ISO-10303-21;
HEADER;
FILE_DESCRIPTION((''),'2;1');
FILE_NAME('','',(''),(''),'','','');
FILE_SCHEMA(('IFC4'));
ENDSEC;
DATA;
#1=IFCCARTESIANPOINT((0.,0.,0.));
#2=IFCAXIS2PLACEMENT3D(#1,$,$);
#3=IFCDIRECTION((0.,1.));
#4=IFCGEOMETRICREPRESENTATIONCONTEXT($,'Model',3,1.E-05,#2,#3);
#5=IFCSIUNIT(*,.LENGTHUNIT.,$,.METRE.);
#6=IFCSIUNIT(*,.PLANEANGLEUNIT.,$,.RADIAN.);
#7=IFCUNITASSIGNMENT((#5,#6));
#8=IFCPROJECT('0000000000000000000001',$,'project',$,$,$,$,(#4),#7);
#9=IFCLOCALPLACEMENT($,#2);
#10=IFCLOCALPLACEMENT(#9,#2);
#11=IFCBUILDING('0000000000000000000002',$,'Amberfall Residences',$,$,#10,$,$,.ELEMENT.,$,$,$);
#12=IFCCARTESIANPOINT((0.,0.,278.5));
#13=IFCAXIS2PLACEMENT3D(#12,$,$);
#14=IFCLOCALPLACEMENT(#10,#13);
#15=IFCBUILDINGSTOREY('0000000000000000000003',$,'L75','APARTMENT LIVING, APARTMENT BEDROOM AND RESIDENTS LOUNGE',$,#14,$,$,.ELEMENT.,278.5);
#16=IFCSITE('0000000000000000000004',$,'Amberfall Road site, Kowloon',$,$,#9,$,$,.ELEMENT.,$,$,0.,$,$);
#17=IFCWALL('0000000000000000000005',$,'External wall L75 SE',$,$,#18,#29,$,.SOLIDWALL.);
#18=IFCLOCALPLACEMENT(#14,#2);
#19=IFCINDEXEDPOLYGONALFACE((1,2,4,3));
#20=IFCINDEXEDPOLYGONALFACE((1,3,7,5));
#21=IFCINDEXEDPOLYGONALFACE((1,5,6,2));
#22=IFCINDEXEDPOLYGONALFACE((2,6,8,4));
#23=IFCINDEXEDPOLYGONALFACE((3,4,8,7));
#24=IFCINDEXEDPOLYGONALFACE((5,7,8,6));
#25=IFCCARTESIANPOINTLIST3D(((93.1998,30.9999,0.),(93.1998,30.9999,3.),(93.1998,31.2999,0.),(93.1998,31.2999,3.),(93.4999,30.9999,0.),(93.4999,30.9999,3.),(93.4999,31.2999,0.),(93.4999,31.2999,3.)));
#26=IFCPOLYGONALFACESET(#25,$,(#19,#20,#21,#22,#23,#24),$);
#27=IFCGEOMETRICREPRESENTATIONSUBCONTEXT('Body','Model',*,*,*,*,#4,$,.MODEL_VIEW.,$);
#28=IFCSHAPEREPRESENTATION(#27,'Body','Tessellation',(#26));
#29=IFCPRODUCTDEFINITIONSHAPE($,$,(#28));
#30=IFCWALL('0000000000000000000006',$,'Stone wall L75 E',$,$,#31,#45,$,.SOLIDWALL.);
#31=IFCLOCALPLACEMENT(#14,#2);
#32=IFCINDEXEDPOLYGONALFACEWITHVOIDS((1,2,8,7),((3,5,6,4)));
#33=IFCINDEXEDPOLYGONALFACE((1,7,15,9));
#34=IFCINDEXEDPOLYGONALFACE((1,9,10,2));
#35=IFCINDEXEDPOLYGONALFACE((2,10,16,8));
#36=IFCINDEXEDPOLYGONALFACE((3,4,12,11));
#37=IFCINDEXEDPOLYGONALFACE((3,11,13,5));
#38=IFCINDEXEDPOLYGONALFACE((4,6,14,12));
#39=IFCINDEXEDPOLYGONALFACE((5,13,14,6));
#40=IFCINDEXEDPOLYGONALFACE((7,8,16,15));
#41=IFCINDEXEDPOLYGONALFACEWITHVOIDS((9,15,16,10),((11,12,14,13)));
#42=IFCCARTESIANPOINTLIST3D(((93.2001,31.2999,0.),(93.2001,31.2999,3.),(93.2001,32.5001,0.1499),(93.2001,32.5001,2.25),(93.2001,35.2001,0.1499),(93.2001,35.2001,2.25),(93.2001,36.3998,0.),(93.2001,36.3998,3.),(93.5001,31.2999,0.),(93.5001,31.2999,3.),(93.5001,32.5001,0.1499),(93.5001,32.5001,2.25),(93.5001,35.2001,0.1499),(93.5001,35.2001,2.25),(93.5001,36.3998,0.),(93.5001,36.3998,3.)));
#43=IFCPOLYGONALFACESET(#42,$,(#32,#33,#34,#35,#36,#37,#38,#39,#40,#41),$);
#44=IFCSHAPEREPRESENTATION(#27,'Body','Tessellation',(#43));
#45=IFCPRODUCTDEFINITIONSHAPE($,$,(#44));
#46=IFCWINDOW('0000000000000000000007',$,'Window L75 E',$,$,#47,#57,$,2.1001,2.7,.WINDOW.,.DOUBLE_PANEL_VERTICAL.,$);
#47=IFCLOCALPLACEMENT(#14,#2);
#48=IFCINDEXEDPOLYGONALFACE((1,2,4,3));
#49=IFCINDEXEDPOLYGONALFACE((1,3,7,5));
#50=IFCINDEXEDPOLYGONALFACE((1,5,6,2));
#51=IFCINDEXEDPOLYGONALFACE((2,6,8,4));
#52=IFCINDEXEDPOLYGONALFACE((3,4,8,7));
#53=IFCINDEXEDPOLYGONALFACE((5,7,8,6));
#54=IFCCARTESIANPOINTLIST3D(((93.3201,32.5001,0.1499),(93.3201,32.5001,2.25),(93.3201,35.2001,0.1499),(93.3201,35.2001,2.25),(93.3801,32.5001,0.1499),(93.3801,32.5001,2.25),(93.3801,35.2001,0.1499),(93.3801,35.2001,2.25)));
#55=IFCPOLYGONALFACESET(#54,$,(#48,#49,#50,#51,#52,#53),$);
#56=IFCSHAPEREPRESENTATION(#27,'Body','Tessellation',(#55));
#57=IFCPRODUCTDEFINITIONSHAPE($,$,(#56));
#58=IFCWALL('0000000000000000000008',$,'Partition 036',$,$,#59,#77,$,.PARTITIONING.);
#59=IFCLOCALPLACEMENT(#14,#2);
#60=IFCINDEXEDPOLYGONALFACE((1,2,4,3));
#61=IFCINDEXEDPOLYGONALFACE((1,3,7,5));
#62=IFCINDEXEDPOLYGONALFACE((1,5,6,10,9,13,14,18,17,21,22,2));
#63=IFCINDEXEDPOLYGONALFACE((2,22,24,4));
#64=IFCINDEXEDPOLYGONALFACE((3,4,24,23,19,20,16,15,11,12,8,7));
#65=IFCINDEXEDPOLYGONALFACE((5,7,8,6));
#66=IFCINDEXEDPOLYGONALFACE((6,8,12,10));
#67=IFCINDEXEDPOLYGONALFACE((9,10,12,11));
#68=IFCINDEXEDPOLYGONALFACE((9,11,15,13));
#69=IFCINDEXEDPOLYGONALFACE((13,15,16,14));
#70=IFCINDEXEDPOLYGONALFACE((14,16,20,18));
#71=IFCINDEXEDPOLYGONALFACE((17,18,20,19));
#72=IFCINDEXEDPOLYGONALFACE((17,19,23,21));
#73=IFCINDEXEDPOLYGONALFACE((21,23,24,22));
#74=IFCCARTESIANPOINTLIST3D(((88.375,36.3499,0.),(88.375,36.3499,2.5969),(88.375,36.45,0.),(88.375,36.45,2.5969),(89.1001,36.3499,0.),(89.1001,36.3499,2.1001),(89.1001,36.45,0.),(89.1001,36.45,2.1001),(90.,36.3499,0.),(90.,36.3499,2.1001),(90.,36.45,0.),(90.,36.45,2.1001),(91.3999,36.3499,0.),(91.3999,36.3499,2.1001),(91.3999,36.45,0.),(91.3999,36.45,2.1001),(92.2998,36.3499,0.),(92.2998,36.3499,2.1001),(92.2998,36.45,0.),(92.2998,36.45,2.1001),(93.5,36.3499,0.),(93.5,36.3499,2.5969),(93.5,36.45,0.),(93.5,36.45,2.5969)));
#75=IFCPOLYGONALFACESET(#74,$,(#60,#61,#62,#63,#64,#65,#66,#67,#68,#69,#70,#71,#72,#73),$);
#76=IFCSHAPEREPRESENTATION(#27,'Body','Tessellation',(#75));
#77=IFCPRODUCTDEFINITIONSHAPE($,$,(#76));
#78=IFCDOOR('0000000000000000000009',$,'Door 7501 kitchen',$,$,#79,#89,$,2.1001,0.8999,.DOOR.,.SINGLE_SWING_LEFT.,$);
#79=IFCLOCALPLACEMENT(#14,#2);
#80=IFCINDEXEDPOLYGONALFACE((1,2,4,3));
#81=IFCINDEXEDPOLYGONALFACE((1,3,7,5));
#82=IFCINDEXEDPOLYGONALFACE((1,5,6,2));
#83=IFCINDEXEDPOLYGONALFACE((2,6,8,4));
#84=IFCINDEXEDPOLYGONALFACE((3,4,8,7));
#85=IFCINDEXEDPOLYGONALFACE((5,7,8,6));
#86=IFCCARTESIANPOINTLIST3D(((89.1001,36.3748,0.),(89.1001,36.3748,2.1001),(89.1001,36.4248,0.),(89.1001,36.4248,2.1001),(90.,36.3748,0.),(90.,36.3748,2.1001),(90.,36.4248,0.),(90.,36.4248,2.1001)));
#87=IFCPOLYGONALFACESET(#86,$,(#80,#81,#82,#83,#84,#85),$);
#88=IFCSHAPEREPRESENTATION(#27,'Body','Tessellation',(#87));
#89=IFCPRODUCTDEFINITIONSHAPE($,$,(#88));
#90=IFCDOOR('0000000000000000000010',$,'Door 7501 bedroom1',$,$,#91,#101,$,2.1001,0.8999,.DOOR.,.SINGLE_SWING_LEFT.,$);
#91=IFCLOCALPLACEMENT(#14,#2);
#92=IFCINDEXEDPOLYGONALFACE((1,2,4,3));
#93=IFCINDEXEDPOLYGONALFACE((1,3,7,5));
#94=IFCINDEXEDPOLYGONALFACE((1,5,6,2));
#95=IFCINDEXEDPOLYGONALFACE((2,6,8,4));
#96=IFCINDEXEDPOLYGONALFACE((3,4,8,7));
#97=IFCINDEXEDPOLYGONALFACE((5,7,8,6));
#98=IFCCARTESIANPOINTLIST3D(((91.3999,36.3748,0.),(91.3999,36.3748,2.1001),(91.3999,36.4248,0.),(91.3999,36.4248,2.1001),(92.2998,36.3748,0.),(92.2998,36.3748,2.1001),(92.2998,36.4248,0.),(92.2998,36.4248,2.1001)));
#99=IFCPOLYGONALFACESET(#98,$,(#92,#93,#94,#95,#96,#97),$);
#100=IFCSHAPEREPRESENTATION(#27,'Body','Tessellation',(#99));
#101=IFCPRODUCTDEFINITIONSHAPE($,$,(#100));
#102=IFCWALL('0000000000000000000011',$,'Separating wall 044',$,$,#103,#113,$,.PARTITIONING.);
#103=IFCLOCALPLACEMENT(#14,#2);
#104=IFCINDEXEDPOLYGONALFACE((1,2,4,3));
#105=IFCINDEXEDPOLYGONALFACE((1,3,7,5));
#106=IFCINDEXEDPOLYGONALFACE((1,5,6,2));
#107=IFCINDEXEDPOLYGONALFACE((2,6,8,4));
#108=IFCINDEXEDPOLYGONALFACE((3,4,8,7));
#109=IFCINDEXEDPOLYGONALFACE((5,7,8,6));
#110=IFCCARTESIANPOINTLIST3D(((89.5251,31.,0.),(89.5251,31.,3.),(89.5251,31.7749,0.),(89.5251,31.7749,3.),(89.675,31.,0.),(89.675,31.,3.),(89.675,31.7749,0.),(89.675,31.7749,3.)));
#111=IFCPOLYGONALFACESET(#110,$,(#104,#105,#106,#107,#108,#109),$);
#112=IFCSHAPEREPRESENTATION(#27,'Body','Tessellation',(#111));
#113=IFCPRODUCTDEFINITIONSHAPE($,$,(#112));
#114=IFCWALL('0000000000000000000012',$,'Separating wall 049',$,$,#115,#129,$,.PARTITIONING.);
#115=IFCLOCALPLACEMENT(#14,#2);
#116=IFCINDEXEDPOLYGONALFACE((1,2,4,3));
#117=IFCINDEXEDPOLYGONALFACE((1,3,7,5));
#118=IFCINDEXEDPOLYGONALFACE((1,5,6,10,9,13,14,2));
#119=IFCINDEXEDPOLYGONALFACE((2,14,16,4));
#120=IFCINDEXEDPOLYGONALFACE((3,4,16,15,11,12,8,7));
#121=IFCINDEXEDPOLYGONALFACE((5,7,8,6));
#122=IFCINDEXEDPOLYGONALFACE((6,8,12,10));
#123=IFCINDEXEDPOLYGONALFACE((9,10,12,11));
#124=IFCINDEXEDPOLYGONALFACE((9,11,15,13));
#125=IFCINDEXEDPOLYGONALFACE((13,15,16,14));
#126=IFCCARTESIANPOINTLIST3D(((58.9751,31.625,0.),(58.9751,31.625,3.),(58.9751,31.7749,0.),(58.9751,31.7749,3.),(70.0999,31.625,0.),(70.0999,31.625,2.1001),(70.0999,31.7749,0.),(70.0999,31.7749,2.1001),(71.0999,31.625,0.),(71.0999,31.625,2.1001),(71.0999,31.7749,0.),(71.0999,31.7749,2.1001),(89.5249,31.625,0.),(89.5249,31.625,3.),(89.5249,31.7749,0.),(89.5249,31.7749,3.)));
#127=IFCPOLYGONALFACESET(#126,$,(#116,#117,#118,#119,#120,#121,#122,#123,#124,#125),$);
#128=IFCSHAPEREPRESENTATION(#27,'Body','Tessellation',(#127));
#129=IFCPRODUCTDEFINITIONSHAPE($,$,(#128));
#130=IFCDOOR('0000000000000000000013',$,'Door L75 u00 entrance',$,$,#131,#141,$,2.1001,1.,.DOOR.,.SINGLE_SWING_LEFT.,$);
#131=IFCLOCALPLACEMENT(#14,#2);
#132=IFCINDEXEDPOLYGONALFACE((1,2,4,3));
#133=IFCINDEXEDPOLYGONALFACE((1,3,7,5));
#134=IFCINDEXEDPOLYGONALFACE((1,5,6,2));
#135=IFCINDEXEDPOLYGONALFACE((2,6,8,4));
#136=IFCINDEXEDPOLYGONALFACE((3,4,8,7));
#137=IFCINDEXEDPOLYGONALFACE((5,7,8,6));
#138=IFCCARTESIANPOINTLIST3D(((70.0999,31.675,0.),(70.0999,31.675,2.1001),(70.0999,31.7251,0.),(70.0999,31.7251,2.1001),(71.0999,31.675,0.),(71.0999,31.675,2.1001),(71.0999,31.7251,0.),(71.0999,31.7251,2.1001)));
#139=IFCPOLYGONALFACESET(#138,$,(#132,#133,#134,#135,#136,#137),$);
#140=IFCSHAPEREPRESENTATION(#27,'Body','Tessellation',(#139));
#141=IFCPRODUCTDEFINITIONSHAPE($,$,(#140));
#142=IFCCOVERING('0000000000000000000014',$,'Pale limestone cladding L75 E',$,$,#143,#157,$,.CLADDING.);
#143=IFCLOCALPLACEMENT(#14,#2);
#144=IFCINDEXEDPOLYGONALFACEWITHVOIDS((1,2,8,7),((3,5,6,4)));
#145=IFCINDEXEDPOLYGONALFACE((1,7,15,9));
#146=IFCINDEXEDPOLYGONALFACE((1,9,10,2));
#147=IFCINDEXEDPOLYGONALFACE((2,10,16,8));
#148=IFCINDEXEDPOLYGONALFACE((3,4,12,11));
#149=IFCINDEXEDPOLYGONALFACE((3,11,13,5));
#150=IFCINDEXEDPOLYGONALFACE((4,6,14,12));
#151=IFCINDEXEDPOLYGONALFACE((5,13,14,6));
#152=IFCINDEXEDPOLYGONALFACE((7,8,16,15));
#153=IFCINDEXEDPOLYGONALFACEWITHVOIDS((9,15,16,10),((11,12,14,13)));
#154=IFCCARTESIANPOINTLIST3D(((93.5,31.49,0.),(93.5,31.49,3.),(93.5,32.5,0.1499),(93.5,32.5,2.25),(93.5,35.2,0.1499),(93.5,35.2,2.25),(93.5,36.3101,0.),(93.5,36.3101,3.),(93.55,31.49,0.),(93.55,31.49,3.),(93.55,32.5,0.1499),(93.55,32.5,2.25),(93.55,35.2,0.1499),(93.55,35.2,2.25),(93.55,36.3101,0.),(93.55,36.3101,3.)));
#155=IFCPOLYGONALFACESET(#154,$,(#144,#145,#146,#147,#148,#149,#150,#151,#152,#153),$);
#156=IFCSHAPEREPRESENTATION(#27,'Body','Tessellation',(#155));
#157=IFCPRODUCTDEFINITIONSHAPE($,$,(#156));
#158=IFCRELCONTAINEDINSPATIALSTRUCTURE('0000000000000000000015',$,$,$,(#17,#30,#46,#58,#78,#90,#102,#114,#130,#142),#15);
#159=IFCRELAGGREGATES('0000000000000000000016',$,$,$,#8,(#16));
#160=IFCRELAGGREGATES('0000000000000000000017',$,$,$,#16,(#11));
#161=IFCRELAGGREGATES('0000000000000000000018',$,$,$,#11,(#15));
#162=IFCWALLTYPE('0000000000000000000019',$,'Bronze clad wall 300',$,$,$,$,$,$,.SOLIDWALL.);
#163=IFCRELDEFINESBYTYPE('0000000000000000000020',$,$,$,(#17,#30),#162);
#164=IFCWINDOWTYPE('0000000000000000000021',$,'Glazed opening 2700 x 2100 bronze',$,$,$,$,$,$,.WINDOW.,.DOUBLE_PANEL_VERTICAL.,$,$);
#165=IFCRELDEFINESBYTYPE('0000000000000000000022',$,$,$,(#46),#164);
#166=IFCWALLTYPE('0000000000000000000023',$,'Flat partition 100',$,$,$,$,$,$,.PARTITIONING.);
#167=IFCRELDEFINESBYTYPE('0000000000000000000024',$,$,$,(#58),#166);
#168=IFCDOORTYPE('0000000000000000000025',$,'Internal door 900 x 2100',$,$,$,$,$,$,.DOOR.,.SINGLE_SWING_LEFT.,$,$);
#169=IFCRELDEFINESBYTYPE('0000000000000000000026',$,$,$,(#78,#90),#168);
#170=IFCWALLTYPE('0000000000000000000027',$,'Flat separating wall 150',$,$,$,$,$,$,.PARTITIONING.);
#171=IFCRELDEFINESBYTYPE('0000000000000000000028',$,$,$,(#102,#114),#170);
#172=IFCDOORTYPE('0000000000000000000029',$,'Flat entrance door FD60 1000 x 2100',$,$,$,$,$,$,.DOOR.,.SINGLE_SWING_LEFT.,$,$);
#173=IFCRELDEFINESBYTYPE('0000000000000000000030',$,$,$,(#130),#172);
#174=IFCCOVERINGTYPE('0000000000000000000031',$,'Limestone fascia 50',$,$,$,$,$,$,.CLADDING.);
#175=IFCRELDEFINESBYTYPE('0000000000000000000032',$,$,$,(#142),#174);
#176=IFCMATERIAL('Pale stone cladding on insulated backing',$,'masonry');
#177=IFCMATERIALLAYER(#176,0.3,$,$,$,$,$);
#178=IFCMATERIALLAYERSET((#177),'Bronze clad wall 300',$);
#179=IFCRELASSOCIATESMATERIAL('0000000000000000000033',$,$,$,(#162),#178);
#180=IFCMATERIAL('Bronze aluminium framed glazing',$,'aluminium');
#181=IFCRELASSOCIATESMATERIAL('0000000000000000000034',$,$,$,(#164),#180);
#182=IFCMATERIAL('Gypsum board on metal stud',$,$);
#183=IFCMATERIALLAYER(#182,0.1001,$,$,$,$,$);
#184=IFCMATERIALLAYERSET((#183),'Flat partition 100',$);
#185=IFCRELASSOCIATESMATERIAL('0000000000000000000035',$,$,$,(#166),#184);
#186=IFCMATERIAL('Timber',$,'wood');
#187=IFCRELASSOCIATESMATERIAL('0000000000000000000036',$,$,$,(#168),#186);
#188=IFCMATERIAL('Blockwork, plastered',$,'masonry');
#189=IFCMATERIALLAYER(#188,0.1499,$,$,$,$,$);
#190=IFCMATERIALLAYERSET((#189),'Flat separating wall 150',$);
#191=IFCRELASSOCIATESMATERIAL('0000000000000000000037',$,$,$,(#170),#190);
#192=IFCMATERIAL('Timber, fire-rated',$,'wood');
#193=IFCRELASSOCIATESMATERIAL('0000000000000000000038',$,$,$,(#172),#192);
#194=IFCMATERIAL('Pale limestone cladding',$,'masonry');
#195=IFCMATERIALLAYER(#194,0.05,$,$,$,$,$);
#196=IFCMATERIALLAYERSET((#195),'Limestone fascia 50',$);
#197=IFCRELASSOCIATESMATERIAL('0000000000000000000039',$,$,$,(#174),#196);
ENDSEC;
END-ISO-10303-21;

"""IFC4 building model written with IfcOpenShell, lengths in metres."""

from ifc_helpers import new_model, si_unit, direction, frame, frame_2d, origin, place, context, subcontext, project, spatial, polyline, rectangle, outline, extrude, material, layer, layer_set, type_object, element, fill, save


model = new_model("IFC4")

# Units and contexts
model_context = context("Model", 3, precision=1e-05, world=origin(), true_north=direction((0.0, 1.0)))
body_context = subcontext(model_context, "Body", "Model", "MODEL_VIEW")
ifc_project = project(units=[si_unit("LENGTHUNIT", "METRE"), si_unit("PLANEANGLEUNIT", "RADIAN")], contexts=[model_context])

# Site, building, storey
site_placement = place(None, origin())
site = spatial("IfcSite", under=ifc_project, at=site_placement, Name="Amberfall Road site, Kowloon", CompositionType="ELEMENT", RefElevation=0.0)
building_placement = place(site_placement, origin())
building = spatial("IfcBuilding", under=site, at=building_placement, Name="Amberfall Residences", CompositionType="ELEMENT")
storey_placement = place(building_placement, frame((0.0, 0.0, 278.5)))
storey = spatial("IfcBuildingStorey", under=building, at=storey_placement, Name="L75", Description="APARTMENT LIVING, APARTMENT BEDROOM AND RESIDENTS LOUNGE", CompositionType="ELEMENT", Elevation=278.5)

# Shared definitions
ifc_material_1 = material(Name="Pale stone cladding on insulated backing", Category="masonry")
ifc_layer_1 = layer(ifc_material_1, 0.3)
ifc_layer_set_1 = layer_set([ifc_layer_1], Name="Bronze clad wall 300")
wall_type_1 = type_object("IfcWallType", Name="Bronze clad wall 300", PredefinedType="SOLIDWALL", material=ifc_layer_set_1)

# Shared definitions
ifc_material_2 = material(Name="Bronze aluminium framed glazing", Category="aluminium")

# Wall
wall_1_placement = place(storey_placement, frame((93.2, 31.1499, 0.0), z_axis=(0.0, 0.0, 1.0), x_axis=(1.0, 0.0, 0.0)))
element("IfcWall", 1, at=wall_1_placement, inside=storey, type_object=wall_type_1, Name="External wall L75 SE", PredefinedType="SOLIDWALL", context=body_context, shape_type="SweptSolid", body=[
    extrude(rectangle(XDim=0.3, YDim=0.3, at=frame_2d((0.1499, 0.0))), origin(), (0.0, 0.0, 1.0), 3.0),
])

# Wall, opening, window
wall_2_placement = place(storey_placement, frame((93.3501, 31.3, 0.0), z_axis=(0.0, 0.0, 1.0), x_axis=(0.0, 1.0, 0.0)))
wall_2 = element("IfcWall", 2, at=wall_2_placement, inside=storey, type_object=wall_type_1, Name="Stone wall L75 E", PredefinedType="SOLIDWALL", context=body_context, shape_type="SweptSolid", body=[
    extrude(rectangle(XDim=5.0999, YDim=0.3, at=frame_2d((2.5498, 0.0))), origin(), (0.0, 0.0, 1.0), 3.0),
])
opening_1_placement = place(wall_2_placement, frame((1.2, 0.0, 0.1499)))
opening_1 = element("IfcOpeningElement", 3, at=opening_1_placement, cuts=wall_2, PredefinedType="OPENING", context=body_context, shape_type="SweptSolid", body=[
    extrude(rectangle(XDim=2.7, YDim=2.1001, at=frame_2d((1.3501, 1.05))), frame((0.0, 0.1599, 0.0), z_axis=(0.0, -1.0, 0.0), x_axis=(1.0, 0.0, 0.0)), (0.0, 0.0, 1.0), 0.3201),
])
window_type_1 = type_object("IfcWindowType", Name="Glazed opening 2700 x 2100 bronze", PartitioningType="DOUBLE_PANEL_VERTICAL", PredefinedType="WINDOW", material=ifc_material_2)
window_1_placement = place(opening_1_placement, origin())
window_1 = element("IfcWindow", 4, at=window_1_placement, inside=storey, type_object=window_type_1, Name="Window L75 E", OverallHeight=2.1001, OverallWidth=2.7, PartitioningType="DOUBLE_PANEL_VERTICAL", PredefinedType="WINDOW", context=body_context, shape_type="SweptSolid", body=[
    extrude(rectangle(XDim=2.7, YDim=2.1001, at=frame_2d((1.3501, 1.05))), frame((0.0, 0.03, 0.0), z_axis=(0.0, -1.0, 0.0), x_axis=(1.0, 0.0, 0.0)), (0.0, 0.0, 1.0), 0.0601),
])
fill(opening_1, window_1)

# Wall, openings, doors
ifc_material_3 = material(Name="Gypsum board on metal stud")
ifc_layer_2 = layer(ifc_material_3, 0.1001)
ifc_layer_set_2 = layer_set([ifc_layer_2], Name="Flat partition 100")
wall_type_2 = type_object("IfcWallType", Name="Flat partition 100", PredefinedType="PARTITIONING", material=ifc_layer_set_2)
wall_3_placement = place(storey_placement, frame((88.375, 36.3999, 0.0), z_axis=(0.0, 0.0, 1.0), x_axis=(1.0, 0.0, 0.0)))
wall_3 = element("IfcWall", 5, at=wall_3_placement, inside=storey, type_object=wall_type_2, Name="Partition 036", PredefinedType="PARTITIONING", context=body_context, shape_type="SweptSolid", body=[
    extrude(rectangle(XDim=5.125, YDim=0.1001, at=frame_2d((2.5625, 0.0))), origin(), (0.0, 0.0, 1.0), 2.5969),
])
opening_2_placement = place(wall_3_placement, frame((0.7251, 0.0, 0.0)))
opening_2 = element("IfcOpeningElement", 6, at=opening_2_placement, cuts=wall_3, PredefinedType="OPENING", context=body_context, shape_type="SweptSolid", body=[
    extrude(rectangle(XDim=0.8999, YDim=2.1001, at=frame_2d((0.45, 1.05))), frame((0.0, 0.0601, 0.0), z_axis=(0.0, -1.0, 0.0), x_axis=(1.0, 0.0, 0.0)), (0.0, 0.0, 1.0), 0.1201),
])
opening_3_placement = place(wall_3_placement, frame((3.0249, 0.0, 0.0)))
opening_3 = element("IfcOpeningElement", 7, at=opening_3_placement, cuts=wall_3, PredefinedType="OPENING", context=body_context, shape_type="SweptSolid", body=[
    extrude(rectangle(XDim=0.8999, YDim=2.1001, at=frame_2d((0.45, 1.05))), frame((0.0, 0.0601, 0.0), z_axis=(0.0, -1.0, 0.0), x_axis=(1.0, 0.0, 0.0)), (0.0, 0.0, 1.0), 0.1201),
])
ifc_material_4 = material(Name="Timber", Category="wood")
door_type_1 = type_object("IfcDoorType", Name="Internal door 900 x 2100", OperationType="SINGLE_SWING_LEFT", PredefinedType="DOOR", material=ifc_material_4)
door_1_placement = place(opening_2_placement, origin())
door_1 = element("IfcDoor", 8, at=door_1_placement, inside=storey, type_object=door_type_1, Name="Door 7501 kitchen", OperationType="SINGLE_SWING_LEFT", OverallHeight=2.1001, OverallWidth=0.8999, PredefinedType="DOOR", context=body_context, shape_type="SweptSolid", body=[
    extrude(rectangle(XDim=0.8999, YDim=2.1001, at=frame_2d((0.45, 1.05))), frame((0.0, 0.0249, 0.0), z_axis=(0.0, -1.0, 0.0), x_axis=(1.0, 0.0, 0.0)), (0.0, 0.0, 1.0), 0.05),
])
fill(opening_2, door_1)
door_2_placement = place(opening_3_placement, origin())
door_2 = element("IfcDoor", 9, at=door_2_placement, inside=storey, type_object=door_type_1, Name="Door 7501 bedroom1", OperationType="SINGLE_SWING_LEFT", OverallHeight=2.1001, OverallWidth=0.8999, PredefinedType="DOOR", context=body_context, shape_type="SweptSolid", body=[
    extrude(rectangle(XDim=0.8999, YDim=2.1001, at=frame_2d((0.45, 1.05))), frame((0.0, 0.0249, 0.0), z_axis=(0.0, -1.0, 0.0), x_axis=(1.0, 0.0, 0.0)), (0.0, 0.0, 1.0), 0.05),
])
fill(opening_3, door_2)

# Wall
ifc_material_5 = material(Name="Blockwork, plastered", Category="masonry")
ifc_layer_3 = layer(ifc_material_5, 0.1499)
ifc_layer_set_3 = layer_set([ifc_layer_3], Name="Flat separating wall 150")
wall_type_3 = type_object("IfcWallType", Name="Flat separating wall 150", PredefinedType="PARTITIONING", material=ifc_layer_set_3)
wall_4_placement = place(storey_placement, frame((89.6001, 31.0, 0.0), z_axis=(0.0, 0.0, 1.0), x_axis=(0.0, 1.0, 0.0)))
element("IfcWall", 10, at=wall_4_placement, inside=storey, type_object=wall_type_3, Name="Separating wall 044", PredefinedType="PARTITIONING", context=body_context, shape_type="SweptSolid", body=[
    extrude(rectangle(XDim=0.7749, YDim=0.1499, at=frame_2d((0.3875, 0.0))), origin(), (0.0, 0.0, 1.0), 3.0),
])

# Wall, opening, door
wall_5_placement = place(storey_placement, frame((89.5249, 31.7, 0.0), z_axis=(0.0, 0.0, 1.0), x_axis=(-1.0, 0.0, 0.0)))
wall_5 = element("IfcWall", 11, at=wall_5_placement, inside=storey, type_object=wall_type_3, Name="Separating wall 049", PredefinedType="PARTITIONING", context=body_context, shape_type="SweptSolid", body=[
    extrude(rectangle(XDim=30.5498, YDim=0.1499, at=frame_2d((15.2749, 0.0))), origin(), (0.0, 0.0, 1.0), 3.0),
])
opening_4_placement = place(wall_5_placement, frame((18.425, 0.0, 0.0)))
opening_4 = element("IfcOpeningElement", 12, at=opening_4_placement, cuts=wall_5, PredefinedType="OPENING", context=body_context, shape_type="SweptSolid", body=[
    extrude(rectangle(XDim=1.0, YDim=2.1001, at=frame_2d((0.5, 1.05))), frame((0.0, 0.085, 0.0), z_axis=(0.0, -1.0, 0.0), x_axis=(1.0, 0.0, 0.0)), (0.0, 0.0, 1.0), 0.1699),
])
ifc_material_6 = material(Name="Timber, fire-rated", Category="wood")
door_type_2 = type_object("IfcDoorType", Name="Flat entrance door FD60 1000 x 2100", OperationType="SINGLE_SWING_LEFT", PredefinedType="DOOR", material=ifc_material_6)
door_3_placement = place(opening_4_placement, origin())
door_3 = element("IfcDoor", 13, at=door_3_placement, inside=storey, type_object=door_type_2, Name="Door L75 u00 entrance", OperationType="SINGLE_SWING_LEFT", OverallHeight=2.1001, OverallWidth=1.0, PredefinedType="DOOR", context=body_context, shape_type="SweptSolid", body=[
    extrude(rectangle(XDim=1.0, YDim=2.1001, at=frame_2d((0.5, 1.05))), frame((0.0, 0.0249, 0.0), z_axis=(0.0, -1.0, 0.0), x_axis=(1.0, 0.0, 0.0)), (0.0, 0.0, 1.0), 0.05),
])
fill(opening_4, door_3)

# Covering
ifc_material_7 = material(Name="Pale limestone cladding", Category="masonry")
ifc_layer_4 = layer(ifc_material_7, 0.05)
ifc_layer_set_4 = layer_set([ifc_layer_4], Name="Limestone fascia 50")
covering_type = type_object("IfcCoveringType", Name="Limestone fascia 50", PredefinedType="CLADDING", material=ifc_layer_set_4)
covering_placement = place(storey_placement, frame((93.5, 31.49, 3.0), z_axis=(-1.0, 0.0, 0.0), x_axis=(0.0, 1.0, 0.0)))
element("IfcCovering", 14, at=covering_placement, inside=storey, type_object=covering_type, Name="Pale limestone cladding L75 E", PredefinedType="CLADDING", context=body_context, shape_type="SweptSolid", body=[
    extrude(outline(polyline([(0.0, 0.0), (4.8201, 0.0), (4.8201, 3.0), (0.0, 3.0), (0.0, 0.0)]), holes=[polyline([(1.01, 0.75), (3.71, 0.75), (3.71, 2.8501), (1.01, 2.8501), (1.01, 0.75)])]), origin(), (0.0, 0.0, -1.0), 0.05),
])

save(model, "model.ifc")
